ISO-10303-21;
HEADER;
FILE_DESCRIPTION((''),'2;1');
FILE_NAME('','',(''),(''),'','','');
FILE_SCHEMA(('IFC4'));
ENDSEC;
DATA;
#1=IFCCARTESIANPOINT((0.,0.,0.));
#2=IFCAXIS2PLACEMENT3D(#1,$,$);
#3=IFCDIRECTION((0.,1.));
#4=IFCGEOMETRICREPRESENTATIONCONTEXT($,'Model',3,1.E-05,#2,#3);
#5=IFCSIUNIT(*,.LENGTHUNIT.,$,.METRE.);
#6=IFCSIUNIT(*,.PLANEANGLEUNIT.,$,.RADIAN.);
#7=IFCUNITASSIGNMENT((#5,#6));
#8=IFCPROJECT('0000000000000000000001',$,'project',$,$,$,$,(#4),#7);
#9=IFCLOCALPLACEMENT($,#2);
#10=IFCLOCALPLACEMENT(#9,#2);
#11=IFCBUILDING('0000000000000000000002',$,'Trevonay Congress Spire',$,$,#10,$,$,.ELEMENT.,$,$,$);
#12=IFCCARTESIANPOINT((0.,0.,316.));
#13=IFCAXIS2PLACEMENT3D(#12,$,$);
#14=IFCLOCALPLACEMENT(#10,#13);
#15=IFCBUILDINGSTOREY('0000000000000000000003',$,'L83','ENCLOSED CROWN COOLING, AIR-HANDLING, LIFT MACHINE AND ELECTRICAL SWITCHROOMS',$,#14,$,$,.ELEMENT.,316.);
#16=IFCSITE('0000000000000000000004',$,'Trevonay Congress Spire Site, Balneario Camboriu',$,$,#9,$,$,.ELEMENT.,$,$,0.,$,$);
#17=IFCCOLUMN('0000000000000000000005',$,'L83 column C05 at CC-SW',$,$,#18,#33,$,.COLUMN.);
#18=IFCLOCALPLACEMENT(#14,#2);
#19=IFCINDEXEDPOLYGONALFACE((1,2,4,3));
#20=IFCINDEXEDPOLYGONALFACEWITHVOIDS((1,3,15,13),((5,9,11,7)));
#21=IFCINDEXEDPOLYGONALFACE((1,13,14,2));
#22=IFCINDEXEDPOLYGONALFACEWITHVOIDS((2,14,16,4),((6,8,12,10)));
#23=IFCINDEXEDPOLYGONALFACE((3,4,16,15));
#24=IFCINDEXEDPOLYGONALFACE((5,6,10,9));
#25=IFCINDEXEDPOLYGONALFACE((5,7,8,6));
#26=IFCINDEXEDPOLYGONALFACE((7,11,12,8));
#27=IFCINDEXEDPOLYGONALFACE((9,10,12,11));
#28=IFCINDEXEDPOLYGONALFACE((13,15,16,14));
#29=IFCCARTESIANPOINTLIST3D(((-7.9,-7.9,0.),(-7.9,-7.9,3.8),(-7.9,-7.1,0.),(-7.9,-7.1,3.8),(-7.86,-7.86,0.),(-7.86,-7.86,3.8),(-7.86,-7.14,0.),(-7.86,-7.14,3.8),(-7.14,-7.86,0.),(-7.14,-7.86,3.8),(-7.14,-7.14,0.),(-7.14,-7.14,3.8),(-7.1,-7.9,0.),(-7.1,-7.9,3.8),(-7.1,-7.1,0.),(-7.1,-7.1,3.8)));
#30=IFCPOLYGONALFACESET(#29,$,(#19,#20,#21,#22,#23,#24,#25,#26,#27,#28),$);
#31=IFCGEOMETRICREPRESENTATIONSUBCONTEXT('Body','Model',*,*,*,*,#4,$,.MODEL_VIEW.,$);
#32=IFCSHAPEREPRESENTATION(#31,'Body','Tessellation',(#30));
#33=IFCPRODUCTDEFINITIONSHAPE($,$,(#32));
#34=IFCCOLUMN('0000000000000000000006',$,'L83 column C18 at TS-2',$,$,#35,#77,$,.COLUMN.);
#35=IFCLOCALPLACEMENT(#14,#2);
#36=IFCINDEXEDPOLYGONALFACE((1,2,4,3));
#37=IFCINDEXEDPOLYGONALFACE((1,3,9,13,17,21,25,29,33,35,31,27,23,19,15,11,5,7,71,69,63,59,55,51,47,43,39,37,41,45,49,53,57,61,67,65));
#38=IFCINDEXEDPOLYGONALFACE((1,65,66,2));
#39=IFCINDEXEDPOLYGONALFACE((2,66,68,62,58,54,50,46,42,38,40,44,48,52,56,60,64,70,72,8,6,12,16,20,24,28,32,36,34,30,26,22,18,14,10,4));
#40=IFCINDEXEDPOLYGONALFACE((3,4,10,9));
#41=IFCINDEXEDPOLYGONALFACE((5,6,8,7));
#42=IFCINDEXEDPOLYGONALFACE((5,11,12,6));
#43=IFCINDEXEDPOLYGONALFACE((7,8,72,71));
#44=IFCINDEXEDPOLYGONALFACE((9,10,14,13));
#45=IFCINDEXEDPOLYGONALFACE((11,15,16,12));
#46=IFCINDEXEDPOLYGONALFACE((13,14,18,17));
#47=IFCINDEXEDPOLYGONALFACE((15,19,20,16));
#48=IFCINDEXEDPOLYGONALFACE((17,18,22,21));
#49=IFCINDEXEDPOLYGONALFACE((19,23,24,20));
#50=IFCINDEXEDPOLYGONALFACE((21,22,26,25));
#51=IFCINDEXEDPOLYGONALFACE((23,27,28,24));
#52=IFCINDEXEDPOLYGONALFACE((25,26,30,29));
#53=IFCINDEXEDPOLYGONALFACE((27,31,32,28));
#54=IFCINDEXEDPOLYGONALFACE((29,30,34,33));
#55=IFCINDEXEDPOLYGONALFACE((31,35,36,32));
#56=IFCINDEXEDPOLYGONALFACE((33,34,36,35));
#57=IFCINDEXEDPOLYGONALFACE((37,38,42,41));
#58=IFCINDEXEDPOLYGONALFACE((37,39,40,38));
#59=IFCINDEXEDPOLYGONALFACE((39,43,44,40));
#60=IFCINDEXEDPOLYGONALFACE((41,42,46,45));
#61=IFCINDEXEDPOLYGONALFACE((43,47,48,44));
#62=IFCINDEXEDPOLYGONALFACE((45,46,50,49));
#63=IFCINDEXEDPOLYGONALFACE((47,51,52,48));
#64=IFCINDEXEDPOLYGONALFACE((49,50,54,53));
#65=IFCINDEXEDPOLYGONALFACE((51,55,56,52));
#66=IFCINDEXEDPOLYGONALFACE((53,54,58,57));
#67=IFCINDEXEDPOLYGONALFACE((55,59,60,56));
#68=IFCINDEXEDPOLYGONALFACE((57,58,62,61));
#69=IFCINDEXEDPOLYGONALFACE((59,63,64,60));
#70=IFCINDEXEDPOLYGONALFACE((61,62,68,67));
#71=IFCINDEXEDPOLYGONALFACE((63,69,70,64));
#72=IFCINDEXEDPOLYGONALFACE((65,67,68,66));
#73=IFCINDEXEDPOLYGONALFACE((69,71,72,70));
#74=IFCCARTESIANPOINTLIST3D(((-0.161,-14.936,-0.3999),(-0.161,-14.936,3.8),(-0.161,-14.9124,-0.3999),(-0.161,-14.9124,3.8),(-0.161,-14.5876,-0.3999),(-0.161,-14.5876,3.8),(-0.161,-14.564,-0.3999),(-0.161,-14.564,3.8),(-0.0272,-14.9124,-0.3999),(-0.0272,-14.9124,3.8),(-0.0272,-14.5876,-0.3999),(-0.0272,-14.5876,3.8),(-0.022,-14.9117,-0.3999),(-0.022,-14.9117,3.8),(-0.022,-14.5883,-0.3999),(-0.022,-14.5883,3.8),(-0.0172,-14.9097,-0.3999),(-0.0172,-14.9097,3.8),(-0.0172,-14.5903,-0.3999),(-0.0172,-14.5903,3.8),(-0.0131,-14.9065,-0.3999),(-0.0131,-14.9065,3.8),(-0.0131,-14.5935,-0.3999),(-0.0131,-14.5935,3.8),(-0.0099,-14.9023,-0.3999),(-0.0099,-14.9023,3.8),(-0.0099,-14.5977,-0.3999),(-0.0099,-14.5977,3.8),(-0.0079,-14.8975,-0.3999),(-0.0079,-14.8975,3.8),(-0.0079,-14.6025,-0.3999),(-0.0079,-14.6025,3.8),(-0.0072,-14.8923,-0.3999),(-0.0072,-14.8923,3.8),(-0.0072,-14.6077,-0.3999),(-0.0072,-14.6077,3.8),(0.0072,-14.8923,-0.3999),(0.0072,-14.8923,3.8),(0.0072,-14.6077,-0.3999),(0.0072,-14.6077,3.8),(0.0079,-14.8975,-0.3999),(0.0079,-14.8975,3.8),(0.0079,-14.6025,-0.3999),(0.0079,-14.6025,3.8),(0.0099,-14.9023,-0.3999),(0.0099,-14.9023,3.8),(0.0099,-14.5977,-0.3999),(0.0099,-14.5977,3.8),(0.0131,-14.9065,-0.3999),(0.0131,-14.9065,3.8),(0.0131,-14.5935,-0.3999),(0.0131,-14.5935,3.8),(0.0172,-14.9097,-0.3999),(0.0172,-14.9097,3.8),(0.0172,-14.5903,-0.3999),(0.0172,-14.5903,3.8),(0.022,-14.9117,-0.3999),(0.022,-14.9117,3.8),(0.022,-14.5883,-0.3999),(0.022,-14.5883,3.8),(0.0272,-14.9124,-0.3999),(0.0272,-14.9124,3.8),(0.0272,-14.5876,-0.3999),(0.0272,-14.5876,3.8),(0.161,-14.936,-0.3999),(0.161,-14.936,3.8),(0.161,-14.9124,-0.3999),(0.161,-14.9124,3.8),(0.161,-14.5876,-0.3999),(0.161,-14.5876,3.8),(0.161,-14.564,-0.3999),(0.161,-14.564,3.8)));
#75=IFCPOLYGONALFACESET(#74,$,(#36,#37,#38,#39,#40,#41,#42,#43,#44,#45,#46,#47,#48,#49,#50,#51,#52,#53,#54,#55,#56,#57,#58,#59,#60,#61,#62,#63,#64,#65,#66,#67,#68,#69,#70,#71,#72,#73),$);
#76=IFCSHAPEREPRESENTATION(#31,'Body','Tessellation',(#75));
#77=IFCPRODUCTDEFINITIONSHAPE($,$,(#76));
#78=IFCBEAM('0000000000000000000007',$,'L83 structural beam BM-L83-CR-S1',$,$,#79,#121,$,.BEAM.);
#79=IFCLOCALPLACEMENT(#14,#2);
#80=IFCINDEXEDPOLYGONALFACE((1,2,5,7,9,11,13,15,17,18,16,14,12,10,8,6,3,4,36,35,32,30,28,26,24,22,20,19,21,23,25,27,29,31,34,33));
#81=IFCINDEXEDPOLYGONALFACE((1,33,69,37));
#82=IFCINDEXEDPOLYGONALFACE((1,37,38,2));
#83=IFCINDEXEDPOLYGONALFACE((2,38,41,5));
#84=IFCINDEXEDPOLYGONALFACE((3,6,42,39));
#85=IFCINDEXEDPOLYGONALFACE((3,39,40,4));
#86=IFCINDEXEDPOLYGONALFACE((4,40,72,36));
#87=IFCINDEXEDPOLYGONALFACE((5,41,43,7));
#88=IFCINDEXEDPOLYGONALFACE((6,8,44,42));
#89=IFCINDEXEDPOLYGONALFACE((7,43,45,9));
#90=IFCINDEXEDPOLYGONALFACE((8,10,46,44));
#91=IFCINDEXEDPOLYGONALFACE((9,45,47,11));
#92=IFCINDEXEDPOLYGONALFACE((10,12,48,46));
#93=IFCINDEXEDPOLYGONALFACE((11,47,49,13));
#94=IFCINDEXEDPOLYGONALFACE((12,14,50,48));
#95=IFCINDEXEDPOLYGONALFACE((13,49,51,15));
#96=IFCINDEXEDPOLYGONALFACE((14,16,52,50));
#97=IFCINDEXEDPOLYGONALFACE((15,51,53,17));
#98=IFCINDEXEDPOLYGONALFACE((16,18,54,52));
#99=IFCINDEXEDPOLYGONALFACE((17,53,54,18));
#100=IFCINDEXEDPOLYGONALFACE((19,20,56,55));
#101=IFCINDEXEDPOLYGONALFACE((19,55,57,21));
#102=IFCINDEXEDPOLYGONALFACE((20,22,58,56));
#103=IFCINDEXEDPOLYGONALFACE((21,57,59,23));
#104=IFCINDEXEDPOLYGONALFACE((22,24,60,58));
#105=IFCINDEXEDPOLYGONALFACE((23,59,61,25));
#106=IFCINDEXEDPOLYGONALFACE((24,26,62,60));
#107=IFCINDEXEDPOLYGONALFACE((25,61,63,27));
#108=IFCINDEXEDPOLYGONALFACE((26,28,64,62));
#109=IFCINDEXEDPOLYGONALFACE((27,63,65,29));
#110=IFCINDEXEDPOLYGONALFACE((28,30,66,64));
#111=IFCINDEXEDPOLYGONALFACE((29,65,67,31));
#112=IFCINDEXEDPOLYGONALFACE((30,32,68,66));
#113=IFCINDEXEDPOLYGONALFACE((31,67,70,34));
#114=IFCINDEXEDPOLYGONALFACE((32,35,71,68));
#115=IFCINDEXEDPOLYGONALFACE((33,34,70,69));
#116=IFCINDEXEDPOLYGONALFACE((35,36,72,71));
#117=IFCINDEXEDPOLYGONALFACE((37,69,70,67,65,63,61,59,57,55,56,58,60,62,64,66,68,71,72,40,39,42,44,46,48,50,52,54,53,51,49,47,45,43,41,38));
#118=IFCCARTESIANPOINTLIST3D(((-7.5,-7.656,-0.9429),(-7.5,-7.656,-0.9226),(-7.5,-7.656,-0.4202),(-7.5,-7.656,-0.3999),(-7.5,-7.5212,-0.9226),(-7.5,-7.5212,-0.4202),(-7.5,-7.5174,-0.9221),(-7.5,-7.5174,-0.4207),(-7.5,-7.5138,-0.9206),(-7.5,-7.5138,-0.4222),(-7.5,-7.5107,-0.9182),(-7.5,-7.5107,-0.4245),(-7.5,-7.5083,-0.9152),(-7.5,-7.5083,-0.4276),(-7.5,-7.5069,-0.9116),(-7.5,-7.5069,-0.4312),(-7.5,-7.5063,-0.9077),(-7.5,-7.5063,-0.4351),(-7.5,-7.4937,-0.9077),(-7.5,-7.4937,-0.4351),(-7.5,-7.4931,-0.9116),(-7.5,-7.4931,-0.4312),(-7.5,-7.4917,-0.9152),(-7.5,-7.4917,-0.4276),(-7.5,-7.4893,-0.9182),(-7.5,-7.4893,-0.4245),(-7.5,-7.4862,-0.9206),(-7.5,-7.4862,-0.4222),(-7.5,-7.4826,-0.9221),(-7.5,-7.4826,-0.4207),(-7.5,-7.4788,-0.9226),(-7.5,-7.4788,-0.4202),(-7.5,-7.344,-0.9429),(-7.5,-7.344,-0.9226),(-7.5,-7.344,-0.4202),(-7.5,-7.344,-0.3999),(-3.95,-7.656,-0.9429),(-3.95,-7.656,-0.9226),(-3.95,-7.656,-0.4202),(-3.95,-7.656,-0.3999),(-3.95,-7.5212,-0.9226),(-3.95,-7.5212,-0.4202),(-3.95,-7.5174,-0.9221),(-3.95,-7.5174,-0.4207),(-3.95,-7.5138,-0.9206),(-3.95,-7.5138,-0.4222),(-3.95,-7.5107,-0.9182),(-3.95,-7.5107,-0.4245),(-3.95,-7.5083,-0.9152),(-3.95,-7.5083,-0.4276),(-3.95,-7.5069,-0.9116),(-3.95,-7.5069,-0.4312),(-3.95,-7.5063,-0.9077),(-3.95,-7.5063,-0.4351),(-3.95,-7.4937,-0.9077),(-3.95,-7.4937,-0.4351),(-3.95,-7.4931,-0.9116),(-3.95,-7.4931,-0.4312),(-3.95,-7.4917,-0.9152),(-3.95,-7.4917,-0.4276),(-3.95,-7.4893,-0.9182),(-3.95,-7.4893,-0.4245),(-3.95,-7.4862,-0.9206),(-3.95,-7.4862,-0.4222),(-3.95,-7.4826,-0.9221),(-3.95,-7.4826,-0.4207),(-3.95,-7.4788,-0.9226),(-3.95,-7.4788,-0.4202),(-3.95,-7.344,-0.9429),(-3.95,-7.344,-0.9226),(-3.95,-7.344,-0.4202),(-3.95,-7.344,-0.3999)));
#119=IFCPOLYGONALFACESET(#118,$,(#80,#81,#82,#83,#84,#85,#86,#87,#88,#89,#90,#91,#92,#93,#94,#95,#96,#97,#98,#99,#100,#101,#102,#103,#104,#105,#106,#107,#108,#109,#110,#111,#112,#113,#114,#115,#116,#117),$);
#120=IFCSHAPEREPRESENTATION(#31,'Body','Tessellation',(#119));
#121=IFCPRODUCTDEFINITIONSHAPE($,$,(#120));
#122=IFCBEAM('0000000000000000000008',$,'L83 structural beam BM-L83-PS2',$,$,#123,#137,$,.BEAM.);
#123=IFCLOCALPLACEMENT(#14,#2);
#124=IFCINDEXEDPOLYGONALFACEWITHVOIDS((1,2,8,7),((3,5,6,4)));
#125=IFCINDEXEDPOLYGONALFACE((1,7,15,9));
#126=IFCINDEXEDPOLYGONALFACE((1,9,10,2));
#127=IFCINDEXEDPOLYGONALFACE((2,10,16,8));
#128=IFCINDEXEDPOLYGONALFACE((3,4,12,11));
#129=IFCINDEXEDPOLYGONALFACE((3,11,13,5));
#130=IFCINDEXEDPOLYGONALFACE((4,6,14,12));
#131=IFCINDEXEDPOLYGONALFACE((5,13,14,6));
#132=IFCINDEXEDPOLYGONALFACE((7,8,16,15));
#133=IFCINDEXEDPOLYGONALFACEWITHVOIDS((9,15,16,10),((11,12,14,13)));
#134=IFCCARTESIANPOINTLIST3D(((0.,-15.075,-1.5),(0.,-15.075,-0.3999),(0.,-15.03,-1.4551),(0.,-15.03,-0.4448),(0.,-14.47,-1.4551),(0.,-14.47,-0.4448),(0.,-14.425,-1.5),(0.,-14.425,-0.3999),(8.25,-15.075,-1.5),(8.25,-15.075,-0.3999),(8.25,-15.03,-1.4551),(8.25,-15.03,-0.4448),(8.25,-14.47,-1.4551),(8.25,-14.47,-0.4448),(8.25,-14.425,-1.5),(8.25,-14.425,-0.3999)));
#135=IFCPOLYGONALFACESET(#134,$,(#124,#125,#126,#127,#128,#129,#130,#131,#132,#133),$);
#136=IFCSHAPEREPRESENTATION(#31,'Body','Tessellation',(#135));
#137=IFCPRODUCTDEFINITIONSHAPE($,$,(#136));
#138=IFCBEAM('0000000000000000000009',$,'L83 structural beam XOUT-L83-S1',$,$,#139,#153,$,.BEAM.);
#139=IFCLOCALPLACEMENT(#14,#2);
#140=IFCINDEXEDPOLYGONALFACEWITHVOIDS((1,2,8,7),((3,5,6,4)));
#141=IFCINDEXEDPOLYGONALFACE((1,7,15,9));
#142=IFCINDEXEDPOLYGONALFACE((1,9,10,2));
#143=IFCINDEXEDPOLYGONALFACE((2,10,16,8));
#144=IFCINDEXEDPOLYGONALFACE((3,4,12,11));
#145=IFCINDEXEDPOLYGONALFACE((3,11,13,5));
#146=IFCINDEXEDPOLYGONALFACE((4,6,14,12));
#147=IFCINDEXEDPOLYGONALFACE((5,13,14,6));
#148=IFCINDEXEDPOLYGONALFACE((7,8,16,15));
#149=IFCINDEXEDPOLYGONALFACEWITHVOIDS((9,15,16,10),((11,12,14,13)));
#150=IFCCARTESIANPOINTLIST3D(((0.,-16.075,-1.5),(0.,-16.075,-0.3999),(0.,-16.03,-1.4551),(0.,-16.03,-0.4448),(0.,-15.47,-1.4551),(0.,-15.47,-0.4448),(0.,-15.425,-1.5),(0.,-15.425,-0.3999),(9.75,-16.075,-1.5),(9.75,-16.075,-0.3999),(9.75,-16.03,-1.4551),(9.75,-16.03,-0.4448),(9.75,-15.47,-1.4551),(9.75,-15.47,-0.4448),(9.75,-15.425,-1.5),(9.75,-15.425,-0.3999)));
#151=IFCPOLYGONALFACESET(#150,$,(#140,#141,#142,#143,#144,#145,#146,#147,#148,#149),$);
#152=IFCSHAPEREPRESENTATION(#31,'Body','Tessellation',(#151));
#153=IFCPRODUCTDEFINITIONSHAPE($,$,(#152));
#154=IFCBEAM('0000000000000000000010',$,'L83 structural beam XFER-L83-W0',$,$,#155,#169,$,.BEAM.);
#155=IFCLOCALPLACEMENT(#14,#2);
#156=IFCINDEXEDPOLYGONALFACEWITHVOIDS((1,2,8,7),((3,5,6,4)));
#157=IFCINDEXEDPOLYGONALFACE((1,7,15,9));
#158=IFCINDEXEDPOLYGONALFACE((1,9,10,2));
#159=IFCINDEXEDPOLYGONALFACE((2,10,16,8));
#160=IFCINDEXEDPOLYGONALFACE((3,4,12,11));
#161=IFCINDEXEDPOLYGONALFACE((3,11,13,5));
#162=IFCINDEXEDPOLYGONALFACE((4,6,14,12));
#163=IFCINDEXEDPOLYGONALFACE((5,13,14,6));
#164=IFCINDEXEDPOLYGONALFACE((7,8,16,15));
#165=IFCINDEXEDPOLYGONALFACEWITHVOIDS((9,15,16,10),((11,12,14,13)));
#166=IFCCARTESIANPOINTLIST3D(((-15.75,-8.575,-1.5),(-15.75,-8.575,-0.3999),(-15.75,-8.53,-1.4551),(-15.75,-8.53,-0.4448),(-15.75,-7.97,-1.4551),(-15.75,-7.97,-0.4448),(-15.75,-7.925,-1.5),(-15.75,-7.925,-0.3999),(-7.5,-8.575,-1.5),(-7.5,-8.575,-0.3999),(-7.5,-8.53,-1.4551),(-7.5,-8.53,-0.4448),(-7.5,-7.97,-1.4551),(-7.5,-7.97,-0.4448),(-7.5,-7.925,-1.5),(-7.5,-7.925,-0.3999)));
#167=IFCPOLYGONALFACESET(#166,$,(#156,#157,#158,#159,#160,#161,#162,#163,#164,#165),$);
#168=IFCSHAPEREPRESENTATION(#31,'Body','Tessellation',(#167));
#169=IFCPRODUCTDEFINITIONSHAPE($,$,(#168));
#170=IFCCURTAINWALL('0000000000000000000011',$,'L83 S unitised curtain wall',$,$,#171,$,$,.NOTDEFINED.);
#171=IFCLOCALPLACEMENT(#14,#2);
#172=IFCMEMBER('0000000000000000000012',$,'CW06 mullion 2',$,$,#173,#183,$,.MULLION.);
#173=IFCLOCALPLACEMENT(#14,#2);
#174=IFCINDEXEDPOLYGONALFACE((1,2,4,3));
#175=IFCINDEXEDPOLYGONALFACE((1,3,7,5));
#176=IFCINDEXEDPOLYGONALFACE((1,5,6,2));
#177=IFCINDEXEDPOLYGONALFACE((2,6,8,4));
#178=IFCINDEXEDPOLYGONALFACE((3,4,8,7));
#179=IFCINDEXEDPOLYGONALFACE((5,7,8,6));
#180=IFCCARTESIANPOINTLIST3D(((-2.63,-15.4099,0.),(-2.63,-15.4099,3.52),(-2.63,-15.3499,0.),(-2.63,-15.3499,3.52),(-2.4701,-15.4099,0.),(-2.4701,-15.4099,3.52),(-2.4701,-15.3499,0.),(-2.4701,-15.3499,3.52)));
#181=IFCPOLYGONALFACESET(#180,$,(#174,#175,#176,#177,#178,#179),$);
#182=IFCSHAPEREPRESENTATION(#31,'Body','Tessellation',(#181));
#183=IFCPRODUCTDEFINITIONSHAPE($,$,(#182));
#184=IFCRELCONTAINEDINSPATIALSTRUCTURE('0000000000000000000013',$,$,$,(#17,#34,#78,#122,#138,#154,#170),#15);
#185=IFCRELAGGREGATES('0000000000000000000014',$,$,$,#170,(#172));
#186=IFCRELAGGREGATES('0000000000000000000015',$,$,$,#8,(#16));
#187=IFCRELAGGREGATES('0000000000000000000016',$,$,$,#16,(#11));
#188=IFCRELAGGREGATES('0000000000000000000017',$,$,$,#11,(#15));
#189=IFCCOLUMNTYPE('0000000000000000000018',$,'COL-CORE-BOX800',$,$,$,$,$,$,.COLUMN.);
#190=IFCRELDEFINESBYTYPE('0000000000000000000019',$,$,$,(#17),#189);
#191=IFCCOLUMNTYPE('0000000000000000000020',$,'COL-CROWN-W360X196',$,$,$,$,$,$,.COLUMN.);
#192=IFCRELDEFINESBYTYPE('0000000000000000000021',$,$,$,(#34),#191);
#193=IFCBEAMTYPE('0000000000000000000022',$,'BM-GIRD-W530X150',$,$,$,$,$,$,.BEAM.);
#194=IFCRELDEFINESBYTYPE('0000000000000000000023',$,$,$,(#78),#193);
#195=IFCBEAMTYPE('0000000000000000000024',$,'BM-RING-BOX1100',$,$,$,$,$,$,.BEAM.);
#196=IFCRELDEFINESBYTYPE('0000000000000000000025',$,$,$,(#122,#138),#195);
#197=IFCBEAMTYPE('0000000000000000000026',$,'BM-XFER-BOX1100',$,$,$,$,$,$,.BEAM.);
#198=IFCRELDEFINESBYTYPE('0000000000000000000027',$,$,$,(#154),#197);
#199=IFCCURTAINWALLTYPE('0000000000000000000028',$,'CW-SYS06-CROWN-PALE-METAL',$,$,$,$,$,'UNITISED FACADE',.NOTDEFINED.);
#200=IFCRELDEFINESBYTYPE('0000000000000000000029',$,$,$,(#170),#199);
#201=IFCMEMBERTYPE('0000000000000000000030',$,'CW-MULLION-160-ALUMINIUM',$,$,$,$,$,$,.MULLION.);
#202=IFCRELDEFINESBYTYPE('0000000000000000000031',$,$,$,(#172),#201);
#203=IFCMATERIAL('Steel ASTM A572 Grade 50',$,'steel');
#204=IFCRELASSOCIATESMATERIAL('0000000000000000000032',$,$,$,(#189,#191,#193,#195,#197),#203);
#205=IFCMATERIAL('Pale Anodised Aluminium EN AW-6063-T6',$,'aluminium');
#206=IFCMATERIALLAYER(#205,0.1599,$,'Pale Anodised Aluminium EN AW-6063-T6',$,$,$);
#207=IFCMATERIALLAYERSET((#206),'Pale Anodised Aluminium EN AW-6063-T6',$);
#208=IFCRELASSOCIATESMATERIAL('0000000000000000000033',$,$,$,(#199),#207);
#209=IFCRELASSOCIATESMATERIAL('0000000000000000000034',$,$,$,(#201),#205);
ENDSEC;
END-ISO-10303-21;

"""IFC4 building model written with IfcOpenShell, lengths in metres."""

from ifc_helpers import new_model, si_unit, direction, frame, origin, origin_2d, place, context, subcontext, project, spatial, rectangle, hollow_rectangle, i_section, extrude, material, layer, layer_set, material_profile, profile_set, type_object, element, aggregate, save


model = new_model("IFC4")

# Units and contexts
model_context = context("Model", 3, precision=1e-05, world=origin(), true_north=direction((0.0, 1.0)))
body_context = subcontext(model_context, "Body", "Model", "MODEL_VIEW")
ifc_project = project(units=[si_unit("LENGTHUNIT", "METRE"), si_unit("PLANEANGLEUNIT", "RADIAN")], contexts=[model_context])

# Site, building, storey
site_placement = place(None, origin())
site = spatial("IfcSite", under=ifc_project, at=site_placement, Name="Trevonay Congress Spire Site, Balneario Camboriu", CompositionType="ELEMENT", RefElevation=0.0)
building_placement = place(site_placement, origin())
building = spatial("IfcBuilding", under=site, at=building_placement, Name="Trevonay Congress Spire", CompositionType="ELEMENT")
storey_placement = place(building_placement, frame((0.0, 0.0, 316.0)))
storey = spatial("IfcBuildingStorey", under=building, at=storey_placement, Name="L83", Description="ENCLOSED CROWN COOLING, AIR-HANDLING, LIFT MACHINE AND ELECTRICAL SWITCHROOMS", CompositionType="ELEMENT", Elevation=316.0)

# Columns
ifc_material_1 = material(Name="Steel ASTM A572 Grade 50", Category="steel")
ifc_material_profile_1 = material_profile(ifc_material_1, hollow_rectangle(XDim=0.8, YDim=0.8, WallThickness=0.04, at=origin_2d()), Name="BOX 800x800x40")
ifc_profile_set_1 = profile_set([ifc_material_profile_1], Name="Steel ASTM A572 Grade 50")
column_type_1 = type_object("IfcColumnType", Name="COL-CORE-BOX800", PredefinedType="COLUMN", material=ifc_profile_set_1)
column_1_placement = place(storey_placement, frame((-7.5, -7.5, 0.0), z_axis=(0.0, 0.0, 1.0), x_axis=(1.0, 0.0, 0.0)))
element("IfcColumn", 1, at=column_1_placement, inside=storey, type_object=column_type_1, Name="L83 column C05 at CC-SW", PredefinedType="COLUMN", context=body_context, shape_type="SweptSolid", body=[
    extrude(hollow_rectangle(XDim=0.8, YDim=0.8, WallThickness=0.04, at=origin_2d()), origin(), (0.0, 0.0, 1.0), 3.8),
])
ifc_material_profile_2 = material_profile(ifc_material_1, i_section(OverallWidth=0.322, OverallDepth=0.3721, WebThickness=0.0144, FlangeThickness=0.0237, FilletRadius=0.02, at=origin_2d()), Name="W360x196")
ifc_profile_set_2 = profile_set([ifc_material_profile_2], Name="Steel ASTM A572 Grade 50")
column_type_2 = type_object("IfcColumnType", Name="COL-CROWN-W360X196", PredefinedType="COLUMN", material=ifc_profile_set_2)
column_2_placement = place(storey_placement, frame((0.0, -14.75, -0.3999), z_axis=(0.0, 0.0, 1.0), x_axis=(1.0, 0.0, 0.0)))
element("IfcColumn", 2, at=column_2_placement, inside=storey, type_object=column_type_2, Name="L83 column C18 at TS-2", PredefinedType="COLUMN", context=body_context, shape_type="SweptSolid", body=[
    extrude(i_section(OverallWidth=0.322, OverallDepth=0.3721, WebThickness=0.0144, FlangeThickness=0.0237, FilletRadius=0.02, at=origin_2d()), origin(), (0.0, 0.0, 1.0), 4.2),
])

# Beams
ifc_material_profile_3 = material_profile(ifc_material_1, i_section(OverallWidth=0.312, OverallDepth=0.543, WebThickness=0.0127, FlangeThickness=0.0203, FilletRadius=0.0149, at=origin_2d()), Name="W530x150")
ifc_profile_set_3 = profile_set([ifc_material_profile_3], Name="Steel ASTM A572 Grade 50")
beam_type_1 = type_object("IfcBeamType", Name="BM-GIRD-W530X150", PredefinedType="BEAM", material=ifc_profile_set_3)
beam_1_placement = place(storey_placement, frame((-7.5, -7.5, -0.6714), z_axis=(1.0, 0.0, 0.0), x_axis=(0.0, 1.0, 0.0)))
element("IfcBeam", 3, at=beam_1_placement, inside=storey, type_object=beam_type_1, Name="L83 structural beam BM-L83-CR-S1", PredefinedType="BEAM", context=body_context, shape_type="SweptSolid", body=[
    extrude(i_section(OverallWidth=0.312, OverallDepth=0.543, WebThickness=0.0127, FlangeThickness=0.0203, FilletRadius=0.0149, at=origin_2d()), origin(), (0.0, 0.0, 1.0), 3.55),
])
ifc_material_profile_4 = material_profile(ifc_material_1, hollow_rectangle(XDim=0.6499, YDim=1.1001, WallThickness=0.0449, at=origin_2d()), Name="BOX 1100x650x45")
ifc_profile_set_4 = profile_set([ifc_material_profile_4], Name="Steel ASTM A572 Grade 50")
beam_type_2 = type_object("IfcBeamType", Name="BM-RING-BOX1100", PredefinedType="BEAM", material=ifc_profile_set_4)
beam_2_placement = place(storey_placement, frame((0.0, -14.75, -0.95), z_axis=(1.0, 0.0, 0.0), x_axis=(0.0, 1.0, 0.0)))
element("IfcBeam", 4, at=beam_2_placement, inside=storey, type_object=beam_type_2, Name="L83 structural beam BM-L83-PS2", PredefinedType="BEAM", context=body_context, shape_type="SweptSolid", body=[
    extrude(hollow_rectangle(XDim=0.6499, YDim=1.1001, WallThickness=0.0449, at=origin_2d()), origin(), (0.0, 0.0, 1.0), 8.25),
])
beam_3_placement = place(storey_placement, frame((0.0, -15.75, -0.95), z_axis=(1.0, 0.0, 0.0), x_axis=(0.0, 1.0, 0.0)))
element("IfcBeam", 5, at=beam_3_placement, inside=storey, type_object=beam_type_2, Name="L83 structural beam XOUT-L83-S1", PredefinedType="BEAM", context=body_context, shape_type="SweptSolid", body=[
    extrude(hollow_rectangle(XDim=0.6499, YDim=1.1001, WallThickness=0.0449, at=origin_2d()), origin(), (0.0, 0.0, 1.0), 9.75),
])
ifc_material_profile_5 = material_profile(ifc_material_1, hollow_rectangle(XDim=0.6499, YDim=1.1001, WallThickness=0.0449, at=origin_2d()), Name="BOX 1100x650x45")
ifc_profile_set_5 = profile_set([ifc_material_profile_5], Name="Steel ASTM A572 Grade 50")
beam_type_3 = type_object("IfcBeamType", Name="BM-XFER-BOX1100", PredefinedType="BEAM", material=ifc_profile_set_5)
beam_4_placement = place(storey_placement, frame((-7.5, -8.25, -0.95), z_axis=(-1.0, 0.0, 0.0), x_axis=(0.0, -1.0, 0.0)))
element("IfcBeam", 6, at=beam_4_placement, inside=storey, type_object=beam_type_3, Name="L83 structural beam XFER-L83-W0", PredefinedType="BEAM", context=body_context, shape_type="SweptSolid", body=[
    extrude(hollow_rectangle(XDim=0.6499, YDim=1.1001, WallThickness=0.0449, at=origin_2d()), origin(), (0.0, 0.0, 1.0), 8.25),
])

# Curtain wall, member
ifc_material_2 = material(Name="Pale Anodised Aluminium EN AW-6063-T6", Category="aluminium")
ifc_layer_1 = layer(ifc_material_2, 0.1599, Name="Pale Anodised Aluminium EN AW-6063-T6")
ifc_layer_set_1 = layer_set([ifc_layer_1], Name="Pale Anodised Aluminium EN AW-6063-T6")
curtain_wall_type = type_object("IfcCurtainWallType", Name="CW-SYS06-CROWN-PALE-METAL", ElementType="UNITISED FACADE", PredefinedType="NOTDEFINED", material=ifc_layer_set_1)
curtain_wall_placement = place(storey_placement, origin())
curtain_wall = element("IfcCurtainWall", 7, at=curtain_wall_placement, inside=storey, type_object=curtain_wall_type, Name="L83 S unitised curtain wall", PredefinedType="NOTDEFINED")
ifc_material_profile_6 = material_profile(ifc_material_2, rectangle(XDim=0.0601, YDim=0.1599, at=origin_2d()), Name="CW-MULLION-160-ALUMINIUM")
ifc_profile_set_6 = profile_set([ifc_material_profile_6], Name="Pale Anodised Aluminium EN AW-6063-T6")
member_type_1 = type_object("IfcMemberType", Name="CW-MULLION-160-ALUMINIUM", PredefinedType="MULLION", material=ifc_profile_set_6)
member_1_placement = place(storey_placement, frame((-2.55, -15.3799, 0.0), z_axis=(0.0, 0.0, 1.0), x_axis=(0.0, 1.0, 0.0)))
member_1 = element("IfcMember", 8, at=member_1_placement, type_object=member_type_1, Name="CW06 mullion 2", PredefinedType="MULLION", context=body_context, shape_type="SweptSolid", body=[
    extrude(rectangle(XDim=0.0601, YDim=0.1599, at=origin_2d()), origin(), (0.0, 0.0, 1.0), 3.52),
])

aggregate(curtain_wall, [member_1])

save(model, "model.ifc")
